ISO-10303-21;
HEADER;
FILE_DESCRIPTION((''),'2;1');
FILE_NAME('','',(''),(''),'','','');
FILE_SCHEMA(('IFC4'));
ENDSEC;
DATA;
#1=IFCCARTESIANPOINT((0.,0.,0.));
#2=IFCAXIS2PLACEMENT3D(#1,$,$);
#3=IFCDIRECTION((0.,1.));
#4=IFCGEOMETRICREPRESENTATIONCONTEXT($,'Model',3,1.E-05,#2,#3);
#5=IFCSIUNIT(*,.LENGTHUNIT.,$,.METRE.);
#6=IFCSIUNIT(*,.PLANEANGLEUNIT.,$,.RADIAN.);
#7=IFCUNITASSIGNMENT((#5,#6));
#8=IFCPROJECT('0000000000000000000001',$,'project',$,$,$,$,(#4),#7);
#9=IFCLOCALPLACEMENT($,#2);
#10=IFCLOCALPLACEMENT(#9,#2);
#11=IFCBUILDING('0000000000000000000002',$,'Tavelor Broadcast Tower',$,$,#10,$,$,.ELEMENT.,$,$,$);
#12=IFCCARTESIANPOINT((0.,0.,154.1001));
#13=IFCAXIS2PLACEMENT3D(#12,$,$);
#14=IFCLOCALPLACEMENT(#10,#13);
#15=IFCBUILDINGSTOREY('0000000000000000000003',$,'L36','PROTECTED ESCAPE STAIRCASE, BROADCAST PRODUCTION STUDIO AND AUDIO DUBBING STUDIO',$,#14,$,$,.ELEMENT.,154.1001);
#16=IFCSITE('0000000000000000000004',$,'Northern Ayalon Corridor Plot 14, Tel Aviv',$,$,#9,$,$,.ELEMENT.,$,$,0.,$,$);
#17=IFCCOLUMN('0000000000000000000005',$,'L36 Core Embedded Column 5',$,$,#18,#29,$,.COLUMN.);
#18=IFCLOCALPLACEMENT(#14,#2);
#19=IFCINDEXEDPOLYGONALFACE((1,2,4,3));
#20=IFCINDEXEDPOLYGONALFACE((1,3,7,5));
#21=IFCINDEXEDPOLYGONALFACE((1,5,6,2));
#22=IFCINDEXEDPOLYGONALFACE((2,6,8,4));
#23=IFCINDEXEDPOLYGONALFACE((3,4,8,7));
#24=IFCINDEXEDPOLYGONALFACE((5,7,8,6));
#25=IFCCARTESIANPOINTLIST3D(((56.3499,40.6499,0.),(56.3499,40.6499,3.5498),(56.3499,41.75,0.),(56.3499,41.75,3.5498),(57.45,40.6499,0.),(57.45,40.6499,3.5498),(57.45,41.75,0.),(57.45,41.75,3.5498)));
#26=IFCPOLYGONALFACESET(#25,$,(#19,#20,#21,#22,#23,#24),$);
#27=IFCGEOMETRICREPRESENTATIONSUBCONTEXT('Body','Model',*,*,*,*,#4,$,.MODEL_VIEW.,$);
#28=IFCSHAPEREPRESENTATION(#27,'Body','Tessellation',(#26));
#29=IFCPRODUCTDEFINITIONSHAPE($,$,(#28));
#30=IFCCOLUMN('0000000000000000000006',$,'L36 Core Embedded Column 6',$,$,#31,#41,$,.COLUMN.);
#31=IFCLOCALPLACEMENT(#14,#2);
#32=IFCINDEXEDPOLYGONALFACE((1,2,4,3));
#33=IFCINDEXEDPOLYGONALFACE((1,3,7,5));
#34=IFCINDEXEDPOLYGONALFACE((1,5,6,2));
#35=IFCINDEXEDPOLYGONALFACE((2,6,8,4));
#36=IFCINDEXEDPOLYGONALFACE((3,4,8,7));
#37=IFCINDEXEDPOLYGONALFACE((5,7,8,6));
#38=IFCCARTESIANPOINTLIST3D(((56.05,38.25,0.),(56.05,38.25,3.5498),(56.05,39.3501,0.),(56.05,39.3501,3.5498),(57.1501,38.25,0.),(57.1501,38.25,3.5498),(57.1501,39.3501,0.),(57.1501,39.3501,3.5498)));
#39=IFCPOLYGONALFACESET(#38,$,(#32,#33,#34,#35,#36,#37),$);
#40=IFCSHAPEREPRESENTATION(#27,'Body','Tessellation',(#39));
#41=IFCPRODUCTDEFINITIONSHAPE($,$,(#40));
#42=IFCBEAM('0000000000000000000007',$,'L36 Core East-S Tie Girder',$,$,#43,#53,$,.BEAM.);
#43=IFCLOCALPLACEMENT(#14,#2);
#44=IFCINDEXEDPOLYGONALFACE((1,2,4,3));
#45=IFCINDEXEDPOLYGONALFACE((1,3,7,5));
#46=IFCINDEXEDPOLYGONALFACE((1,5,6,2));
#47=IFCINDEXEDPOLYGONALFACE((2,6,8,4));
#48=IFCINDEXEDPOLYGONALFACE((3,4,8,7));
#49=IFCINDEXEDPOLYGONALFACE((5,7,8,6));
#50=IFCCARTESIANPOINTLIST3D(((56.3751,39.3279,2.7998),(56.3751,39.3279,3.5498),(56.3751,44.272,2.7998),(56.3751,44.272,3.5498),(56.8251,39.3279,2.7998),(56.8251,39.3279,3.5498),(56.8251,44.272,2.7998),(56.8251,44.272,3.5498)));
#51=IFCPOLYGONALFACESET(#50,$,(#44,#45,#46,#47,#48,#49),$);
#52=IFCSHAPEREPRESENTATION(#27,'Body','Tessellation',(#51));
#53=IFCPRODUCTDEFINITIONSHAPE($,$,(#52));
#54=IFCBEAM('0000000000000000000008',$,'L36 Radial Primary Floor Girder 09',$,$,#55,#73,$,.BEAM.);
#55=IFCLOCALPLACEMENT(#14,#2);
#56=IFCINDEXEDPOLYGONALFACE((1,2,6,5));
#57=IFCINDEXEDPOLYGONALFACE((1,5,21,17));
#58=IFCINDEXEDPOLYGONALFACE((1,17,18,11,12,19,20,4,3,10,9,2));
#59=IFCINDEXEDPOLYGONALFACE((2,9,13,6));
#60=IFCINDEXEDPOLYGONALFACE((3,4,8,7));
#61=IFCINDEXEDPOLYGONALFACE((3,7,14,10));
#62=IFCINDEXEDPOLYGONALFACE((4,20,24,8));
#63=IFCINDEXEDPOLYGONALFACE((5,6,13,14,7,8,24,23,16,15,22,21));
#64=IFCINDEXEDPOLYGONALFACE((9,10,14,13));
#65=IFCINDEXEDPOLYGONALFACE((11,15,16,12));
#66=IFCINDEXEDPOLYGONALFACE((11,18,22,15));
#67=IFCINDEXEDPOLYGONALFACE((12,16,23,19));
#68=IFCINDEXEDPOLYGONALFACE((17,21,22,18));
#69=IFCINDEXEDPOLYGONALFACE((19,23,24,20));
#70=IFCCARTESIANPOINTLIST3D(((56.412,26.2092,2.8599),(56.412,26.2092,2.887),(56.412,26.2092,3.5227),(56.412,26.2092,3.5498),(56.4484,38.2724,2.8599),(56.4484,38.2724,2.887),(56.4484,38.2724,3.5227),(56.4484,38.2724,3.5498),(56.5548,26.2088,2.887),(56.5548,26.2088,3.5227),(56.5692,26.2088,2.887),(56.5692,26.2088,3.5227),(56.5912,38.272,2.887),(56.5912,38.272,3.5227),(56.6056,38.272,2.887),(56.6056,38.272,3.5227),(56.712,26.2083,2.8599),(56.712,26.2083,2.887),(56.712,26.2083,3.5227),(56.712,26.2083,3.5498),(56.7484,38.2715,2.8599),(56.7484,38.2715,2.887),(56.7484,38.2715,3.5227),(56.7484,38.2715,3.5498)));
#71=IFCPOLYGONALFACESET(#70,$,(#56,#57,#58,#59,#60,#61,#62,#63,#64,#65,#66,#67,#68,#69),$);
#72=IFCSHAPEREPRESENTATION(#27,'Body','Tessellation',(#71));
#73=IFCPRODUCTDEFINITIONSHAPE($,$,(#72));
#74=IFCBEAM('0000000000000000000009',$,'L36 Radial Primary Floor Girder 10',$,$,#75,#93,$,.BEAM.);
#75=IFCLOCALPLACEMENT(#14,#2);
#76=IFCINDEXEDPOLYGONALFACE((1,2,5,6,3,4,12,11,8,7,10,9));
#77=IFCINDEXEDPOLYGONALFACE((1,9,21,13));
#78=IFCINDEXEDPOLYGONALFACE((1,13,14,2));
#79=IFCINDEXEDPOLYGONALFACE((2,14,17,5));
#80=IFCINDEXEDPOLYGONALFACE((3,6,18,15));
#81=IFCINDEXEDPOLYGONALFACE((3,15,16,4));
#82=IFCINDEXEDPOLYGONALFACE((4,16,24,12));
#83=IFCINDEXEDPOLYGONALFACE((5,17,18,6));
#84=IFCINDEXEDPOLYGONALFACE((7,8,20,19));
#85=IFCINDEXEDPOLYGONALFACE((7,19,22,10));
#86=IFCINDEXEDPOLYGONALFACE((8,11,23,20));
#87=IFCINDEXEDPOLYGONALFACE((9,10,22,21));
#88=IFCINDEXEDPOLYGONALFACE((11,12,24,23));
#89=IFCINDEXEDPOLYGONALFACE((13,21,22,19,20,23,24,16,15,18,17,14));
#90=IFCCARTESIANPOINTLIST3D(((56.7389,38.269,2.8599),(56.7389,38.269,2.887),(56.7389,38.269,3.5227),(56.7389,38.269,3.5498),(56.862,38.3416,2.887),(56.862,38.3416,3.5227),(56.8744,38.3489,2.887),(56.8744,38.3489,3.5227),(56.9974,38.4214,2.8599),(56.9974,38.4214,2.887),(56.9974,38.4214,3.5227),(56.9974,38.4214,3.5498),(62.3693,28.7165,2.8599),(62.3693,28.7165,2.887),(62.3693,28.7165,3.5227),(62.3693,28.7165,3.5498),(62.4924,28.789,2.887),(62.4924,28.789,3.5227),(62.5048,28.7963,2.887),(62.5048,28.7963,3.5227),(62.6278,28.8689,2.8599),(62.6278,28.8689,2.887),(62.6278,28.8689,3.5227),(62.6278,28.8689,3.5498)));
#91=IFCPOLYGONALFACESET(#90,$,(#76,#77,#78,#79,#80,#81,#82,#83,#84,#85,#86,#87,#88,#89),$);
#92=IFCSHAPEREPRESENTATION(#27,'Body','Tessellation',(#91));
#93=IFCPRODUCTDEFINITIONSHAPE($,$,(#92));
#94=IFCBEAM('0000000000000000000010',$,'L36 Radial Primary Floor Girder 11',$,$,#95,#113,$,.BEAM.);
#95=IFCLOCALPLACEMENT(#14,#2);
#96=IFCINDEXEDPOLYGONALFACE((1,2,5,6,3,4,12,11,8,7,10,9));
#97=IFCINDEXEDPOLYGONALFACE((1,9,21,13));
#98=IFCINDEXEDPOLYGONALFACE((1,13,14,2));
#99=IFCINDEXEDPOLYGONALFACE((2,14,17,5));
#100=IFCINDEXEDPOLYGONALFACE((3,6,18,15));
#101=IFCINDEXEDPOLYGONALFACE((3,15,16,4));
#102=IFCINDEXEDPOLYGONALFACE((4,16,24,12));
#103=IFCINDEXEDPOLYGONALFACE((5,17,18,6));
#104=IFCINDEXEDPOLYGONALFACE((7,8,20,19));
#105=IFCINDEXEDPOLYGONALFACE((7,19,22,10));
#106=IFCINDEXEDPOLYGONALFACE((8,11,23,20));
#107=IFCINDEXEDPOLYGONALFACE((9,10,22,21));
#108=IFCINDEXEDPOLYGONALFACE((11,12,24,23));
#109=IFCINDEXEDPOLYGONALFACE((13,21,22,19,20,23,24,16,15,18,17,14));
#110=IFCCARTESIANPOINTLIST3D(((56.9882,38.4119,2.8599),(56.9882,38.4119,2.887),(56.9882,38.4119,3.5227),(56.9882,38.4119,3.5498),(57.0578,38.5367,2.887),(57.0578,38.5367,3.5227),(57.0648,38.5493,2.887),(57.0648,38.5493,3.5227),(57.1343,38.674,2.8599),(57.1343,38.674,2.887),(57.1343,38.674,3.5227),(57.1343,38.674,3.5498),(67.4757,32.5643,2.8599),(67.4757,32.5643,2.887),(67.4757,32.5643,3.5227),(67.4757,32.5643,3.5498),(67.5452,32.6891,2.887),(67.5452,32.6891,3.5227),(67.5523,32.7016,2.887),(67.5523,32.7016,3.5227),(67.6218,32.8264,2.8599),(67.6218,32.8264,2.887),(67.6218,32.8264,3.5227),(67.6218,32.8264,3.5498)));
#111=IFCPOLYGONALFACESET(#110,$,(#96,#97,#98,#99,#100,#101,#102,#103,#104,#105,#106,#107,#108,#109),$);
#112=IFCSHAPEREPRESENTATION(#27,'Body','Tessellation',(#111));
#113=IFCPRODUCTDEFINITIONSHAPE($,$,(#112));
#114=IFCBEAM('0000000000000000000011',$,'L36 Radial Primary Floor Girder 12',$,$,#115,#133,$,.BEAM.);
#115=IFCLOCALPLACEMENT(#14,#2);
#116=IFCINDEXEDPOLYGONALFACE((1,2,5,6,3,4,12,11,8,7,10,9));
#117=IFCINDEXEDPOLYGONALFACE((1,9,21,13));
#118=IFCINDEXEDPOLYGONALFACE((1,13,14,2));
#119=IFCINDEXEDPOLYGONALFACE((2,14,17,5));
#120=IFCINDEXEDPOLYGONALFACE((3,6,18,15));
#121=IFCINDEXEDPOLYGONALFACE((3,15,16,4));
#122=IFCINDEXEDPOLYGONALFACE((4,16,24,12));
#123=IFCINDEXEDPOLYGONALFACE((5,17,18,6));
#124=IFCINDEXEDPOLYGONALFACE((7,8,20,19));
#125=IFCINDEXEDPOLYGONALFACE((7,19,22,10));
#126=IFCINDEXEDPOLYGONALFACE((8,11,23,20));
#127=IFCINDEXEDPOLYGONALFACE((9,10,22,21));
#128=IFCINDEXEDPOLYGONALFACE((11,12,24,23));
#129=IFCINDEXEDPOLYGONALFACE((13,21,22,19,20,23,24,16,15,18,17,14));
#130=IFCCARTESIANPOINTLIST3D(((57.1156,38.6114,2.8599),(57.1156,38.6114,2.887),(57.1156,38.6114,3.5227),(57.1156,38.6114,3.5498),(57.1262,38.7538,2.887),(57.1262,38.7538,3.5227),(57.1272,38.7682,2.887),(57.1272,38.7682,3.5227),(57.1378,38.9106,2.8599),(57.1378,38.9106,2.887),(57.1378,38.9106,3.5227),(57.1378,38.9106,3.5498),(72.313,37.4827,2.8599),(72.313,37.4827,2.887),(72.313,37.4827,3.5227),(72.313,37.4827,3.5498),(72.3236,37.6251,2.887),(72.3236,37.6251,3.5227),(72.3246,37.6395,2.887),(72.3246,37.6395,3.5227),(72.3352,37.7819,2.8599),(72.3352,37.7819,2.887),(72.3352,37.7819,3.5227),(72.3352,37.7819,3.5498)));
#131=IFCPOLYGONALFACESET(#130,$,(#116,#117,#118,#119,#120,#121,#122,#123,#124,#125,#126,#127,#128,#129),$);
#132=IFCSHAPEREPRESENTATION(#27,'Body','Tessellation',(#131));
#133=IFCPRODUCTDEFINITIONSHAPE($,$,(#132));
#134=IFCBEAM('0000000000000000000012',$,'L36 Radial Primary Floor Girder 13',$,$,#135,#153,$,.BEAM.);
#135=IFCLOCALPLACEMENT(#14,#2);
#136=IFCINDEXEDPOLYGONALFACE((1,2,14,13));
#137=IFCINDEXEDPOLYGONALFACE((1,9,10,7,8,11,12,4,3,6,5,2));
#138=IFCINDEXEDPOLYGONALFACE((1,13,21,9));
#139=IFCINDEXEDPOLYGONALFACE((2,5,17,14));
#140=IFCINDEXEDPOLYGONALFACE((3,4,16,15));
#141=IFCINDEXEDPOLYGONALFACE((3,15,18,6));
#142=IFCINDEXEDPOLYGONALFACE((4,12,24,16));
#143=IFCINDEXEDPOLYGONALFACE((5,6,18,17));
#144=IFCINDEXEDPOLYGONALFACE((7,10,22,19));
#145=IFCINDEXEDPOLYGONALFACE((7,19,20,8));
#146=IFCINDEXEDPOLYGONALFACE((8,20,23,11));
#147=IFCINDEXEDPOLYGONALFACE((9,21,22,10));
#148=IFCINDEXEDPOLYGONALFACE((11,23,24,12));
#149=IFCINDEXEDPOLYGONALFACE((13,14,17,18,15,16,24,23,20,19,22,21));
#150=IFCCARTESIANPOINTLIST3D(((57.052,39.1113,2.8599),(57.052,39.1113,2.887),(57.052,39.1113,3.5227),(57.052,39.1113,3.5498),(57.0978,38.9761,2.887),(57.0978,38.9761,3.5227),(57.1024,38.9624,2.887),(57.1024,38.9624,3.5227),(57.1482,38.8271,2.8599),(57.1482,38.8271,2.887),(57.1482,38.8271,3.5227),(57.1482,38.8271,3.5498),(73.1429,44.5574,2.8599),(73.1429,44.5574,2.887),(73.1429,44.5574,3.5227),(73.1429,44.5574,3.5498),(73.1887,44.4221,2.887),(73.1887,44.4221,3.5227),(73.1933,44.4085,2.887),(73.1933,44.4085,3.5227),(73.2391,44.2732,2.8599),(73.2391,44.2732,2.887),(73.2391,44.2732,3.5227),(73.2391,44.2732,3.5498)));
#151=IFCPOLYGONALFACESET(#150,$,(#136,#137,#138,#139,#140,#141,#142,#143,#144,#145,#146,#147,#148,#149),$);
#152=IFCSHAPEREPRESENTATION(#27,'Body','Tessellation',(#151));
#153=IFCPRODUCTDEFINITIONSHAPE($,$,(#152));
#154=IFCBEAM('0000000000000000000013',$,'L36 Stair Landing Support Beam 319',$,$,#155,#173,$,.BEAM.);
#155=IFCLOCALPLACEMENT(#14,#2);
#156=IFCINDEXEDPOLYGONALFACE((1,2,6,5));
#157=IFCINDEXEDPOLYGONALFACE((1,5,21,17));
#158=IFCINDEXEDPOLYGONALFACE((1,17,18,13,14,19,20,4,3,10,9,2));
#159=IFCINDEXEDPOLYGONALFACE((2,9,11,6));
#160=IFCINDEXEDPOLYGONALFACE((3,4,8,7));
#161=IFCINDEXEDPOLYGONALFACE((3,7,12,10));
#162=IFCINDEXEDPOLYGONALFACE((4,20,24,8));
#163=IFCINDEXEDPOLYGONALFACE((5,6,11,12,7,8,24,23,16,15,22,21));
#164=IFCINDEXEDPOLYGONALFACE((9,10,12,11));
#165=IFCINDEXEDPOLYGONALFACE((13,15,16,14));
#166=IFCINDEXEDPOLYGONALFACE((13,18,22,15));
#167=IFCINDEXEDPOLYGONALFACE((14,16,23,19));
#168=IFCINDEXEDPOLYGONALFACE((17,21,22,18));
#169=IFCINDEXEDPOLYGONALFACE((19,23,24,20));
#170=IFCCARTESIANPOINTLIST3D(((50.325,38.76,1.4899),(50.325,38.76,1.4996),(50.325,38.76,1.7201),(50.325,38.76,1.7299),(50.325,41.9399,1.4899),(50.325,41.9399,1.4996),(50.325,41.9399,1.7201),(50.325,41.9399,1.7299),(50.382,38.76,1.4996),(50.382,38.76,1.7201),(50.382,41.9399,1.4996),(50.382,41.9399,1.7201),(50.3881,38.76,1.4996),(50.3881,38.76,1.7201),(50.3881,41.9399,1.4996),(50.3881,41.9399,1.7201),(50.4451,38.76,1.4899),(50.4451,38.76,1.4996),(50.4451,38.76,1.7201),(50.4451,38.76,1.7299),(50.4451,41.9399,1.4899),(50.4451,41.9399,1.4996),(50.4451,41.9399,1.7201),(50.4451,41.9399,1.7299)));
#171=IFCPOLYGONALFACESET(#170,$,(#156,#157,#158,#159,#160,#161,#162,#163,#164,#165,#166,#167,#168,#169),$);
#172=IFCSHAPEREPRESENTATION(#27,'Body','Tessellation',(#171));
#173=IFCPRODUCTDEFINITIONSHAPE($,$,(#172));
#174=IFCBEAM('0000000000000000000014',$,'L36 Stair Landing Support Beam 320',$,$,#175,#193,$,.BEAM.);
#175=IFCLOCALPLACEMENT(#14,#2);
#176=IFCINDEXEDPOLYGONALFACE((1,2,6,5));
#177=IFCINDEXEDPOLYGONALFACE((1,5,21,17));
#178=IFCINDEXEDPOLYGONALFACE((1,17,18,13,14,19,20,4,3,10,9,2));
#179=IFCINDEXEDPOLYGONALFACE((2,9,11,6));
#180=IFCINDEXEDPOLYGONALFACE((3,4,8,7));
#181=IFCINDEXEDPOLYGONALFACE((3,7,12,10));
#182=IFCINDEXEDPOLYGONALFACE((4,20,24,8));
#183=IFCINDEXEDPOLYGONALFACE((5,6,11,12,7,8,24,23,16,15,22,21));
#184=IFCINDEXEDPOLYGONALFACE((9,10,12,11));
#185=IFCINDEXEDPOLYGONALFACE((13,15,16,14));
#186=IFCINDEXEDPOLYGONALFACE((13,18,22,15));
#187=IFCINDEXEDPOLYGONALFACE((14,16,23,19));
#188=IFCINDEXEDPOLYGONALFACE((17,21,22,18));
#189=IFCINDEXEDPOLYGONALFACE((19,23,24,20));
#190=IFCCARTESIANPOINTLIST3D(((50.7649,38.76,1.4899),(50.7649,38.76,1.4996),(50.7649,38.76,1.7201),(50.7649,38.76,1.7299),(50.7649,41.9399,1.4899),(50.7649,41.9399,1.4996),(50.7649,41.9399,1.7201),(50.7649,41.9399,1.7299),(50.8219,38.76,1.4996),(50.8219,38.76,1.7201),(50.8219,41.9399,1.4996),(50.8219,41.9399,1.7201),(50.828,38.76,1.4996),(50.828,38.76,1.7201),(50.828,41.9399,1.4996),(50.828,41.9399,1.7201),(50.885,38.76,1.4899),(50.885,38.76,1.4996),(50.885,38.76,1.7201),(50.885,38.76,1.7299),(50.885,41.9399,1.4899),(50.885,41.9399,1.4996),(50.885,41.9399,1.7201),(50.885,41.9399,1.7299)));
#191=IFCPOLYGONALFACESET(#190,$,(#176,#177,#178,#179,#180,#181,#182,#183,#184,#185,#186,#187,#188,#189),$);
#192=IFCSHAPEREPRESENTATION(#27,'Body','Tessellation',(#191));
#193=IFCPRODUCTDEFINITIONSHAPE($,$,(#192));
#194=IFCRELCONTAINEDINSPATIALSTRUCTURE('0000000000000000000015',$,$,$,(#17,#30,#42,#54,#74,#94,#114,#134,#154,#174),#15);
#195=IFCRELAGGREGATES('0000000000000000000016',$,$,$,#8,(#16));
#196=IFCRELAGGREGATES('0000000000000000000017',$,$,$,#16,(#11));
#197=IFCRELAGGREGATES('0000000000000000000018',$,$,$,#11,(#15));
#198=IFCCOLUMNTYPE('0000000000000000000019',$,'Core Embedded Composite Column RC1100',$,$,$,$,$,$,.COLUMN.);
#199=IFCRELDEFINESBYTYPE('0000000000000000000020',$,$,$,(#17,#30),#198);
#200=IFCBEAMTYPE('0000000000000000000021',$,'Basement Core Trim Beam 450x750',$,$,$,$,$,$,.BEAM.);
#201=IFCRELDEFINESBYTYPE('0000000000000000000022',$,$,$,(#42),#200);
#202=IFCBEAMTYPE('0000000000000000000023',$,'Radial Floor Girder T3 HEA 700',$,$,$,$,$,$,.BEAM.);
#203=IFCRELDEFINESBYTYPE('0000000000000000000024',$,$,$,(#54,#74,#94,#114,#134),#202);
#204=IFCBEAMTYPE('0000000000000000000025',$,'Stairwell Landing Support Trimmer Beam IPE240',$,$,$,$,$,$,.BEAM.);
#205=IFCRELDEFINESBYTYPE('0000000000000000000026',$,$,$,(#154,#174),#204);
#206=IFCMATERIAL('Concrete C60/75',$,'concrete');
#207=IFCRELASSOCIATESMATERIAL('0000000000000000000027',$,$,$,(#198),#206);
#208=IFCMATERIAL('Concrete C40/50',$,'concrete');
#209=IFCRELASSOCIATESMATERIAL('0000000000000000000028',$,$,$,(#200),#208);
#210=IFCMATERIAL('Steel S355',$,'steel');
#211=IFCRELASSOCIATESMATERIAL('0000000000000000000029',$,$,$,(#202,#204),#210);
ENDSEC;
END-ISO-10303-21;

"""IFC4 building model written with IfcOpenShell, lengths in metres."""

from ifc_helpers import new_model, si_unit, direction, frame, origin, origin_2d, place, context, subcontext, project, spatial, rectangle, i_section, extrude, material, material_profile, profile_set, type_object, element, save


model = new_model("IFC4")

# Units and contexts
model_context = context("Model", 3, precision=1e-05, world=origin(), true_north=direction((0.0, 1.0)))
body_context = subcontext(model_context, "Body", "Model", "MODEL_VIEW")
ifc_project = project(units=[si_unit("LENGTHUNIT", "METRE"), si_unit("PLANEANGLEUNIT", "RADIAN")], contexts=[model_context])

# Site, building, storey
site_placement = place(None, origin())
site = spatial("IfcSite", under=ifc_project, at=site_placement, Name="Northern Ayalon Corridor Plot 14, Tel Aviv", CompositionType="ELEMENT", RefElevation=0.0)
building_placement = place(site_placement, origin())
building = spatial("IfcBuilding", under=site, at=building_placement, Name="Tavelor Broadcast Tower", CompositionType="ELEMENT")
storey_placement = place(building_placement, frame((0.0, 0.0, 154.1001)))
storey = spatial("IfcBuildingStorey", under=building, at=storey_placement, Name="L36", Description="PROTECTED ESCAPE STAIRCASE, BROADCAST PRODUCTION STUDIO AND AUDIO DUBBING STUDIO", CompositionType="ELEMENT", Elevation=154.1001)

# Columns
ifc_material_1 = material(Name="Concrete C60/75", Category="concrete")
ifc_material_profile_1 = material_profile(ifc_material_1, rectangle(XDim=1.1001, YDim=1.1001, at=origin_2d()), Name="RC 1100x1100")
ifc_profile_set_1 = profile_set([ifc_material_profile_1], Name="Concrete C60/75")
column_type = type_object("IfcColumnType", Name="Core Embedded Composite Column RC1100", PredefinedType="COLUMN", material=ifc_profile_set_1)
for number, where, z_axis, x_axis, name in (
    (1, (56.8999, 41.2, 0.0), (0.0, 0.0, 1.0), (1.0, 0.0, 0.0), "L36 Core Embedded Column 5"),
    (2, (56.6001, 38.8, 0.0), (0.0, 0.0, 1.0), (1.0, 0.0, 0.0), "L36 Core Embedded Column 6"),
):
    element("IfcColumn", number, at=place(storey_placement, frame(where, z_axis=z_axis, x_axis=x_axis)), inside=storey, type_object=column_type, Name=name, PredefinedType="COLUMN", context=body_context, shape_type="SweptSolid", body=[
        extrude(rectangle(XDim=1.1001, YDim=1.1001, at=origin_2d()), origin(), (0.0, 0.0, 1.0), 3.5498),
    ])

# Beams
ifc_material_2 = material(Name="Concrete C40/50", Category="concrete")
ifc_material_profile_2 = material_profile(ifc_material_2, rectangle(XDim=0.45, YDim=0.75, at=origin_2d()), Name="RC 450x750")
ifc_profile_set_2 = profile_set([ifc_material_profile_2], Name="Concrete C40/50")
beam_type_1 = type_object("IfcBeamType", Name="Basement Core Trim Beam 450x750", PredefinedType="BEAM", material=ifc_profile_set_2)
beam_1_placement = place(storey_placement, frame((56.6001, 39.3279, 3.1748), z_axis=(0.0, 1.0, 0.0), x_axis=(-1.0, 0.0, 0.0)))
element("IfcBeam", 3, at=beam_1_placement, inside=storey, type_object=beam_type_1, Name="L36 Core East-S Tie Girder", PredefinedType="BEAM", context=body_context, shape_type="SweptSolid", body=[
    extrude(rectangle(XDim=0.45, YDim=0.75, at=origin_2d()), origin(), (0.0, 0.0, 1.0), 4.9441),
])
ifc_material_3 = material(Name="Steel S355", Category="steel")
ifc_material_profile_3 = material_profile(ifc_material_3, i_section(OverallWidth=0.3, OverallDepth=0.6899, WebThickness=0.0144, FlangeThickness=0.0271, at=origin_2d()), Name="HEA 700")
ifc_profile_set_3 = profile_set([ifc_material_profile_3], Name="Steel S355")
beam_type_2 = type_object("IfcBeamType", Name="Radial Floor Girder T3 HEA 700", PredefinedType="BEAM", material=ifc_profile_set_3)
beam_2_placement = place(storey_placement, frame((56.5984, 38.272, 3.2048), z_axis=(-0.003016, -0.999995, 0.0), x_axis=(0.999995, -0.003016, 0.0)))
element("IfcBeam", 4, at=beam_2_placement, inside=storey, type_object=beam_type_2, Name="L36 Radial Primary Floor Girder 09", PredefinedType="BEAM", context=body_context, shape_type="SweptSolid", body=[
    extrude(i_section(OverallWidth=0.3, OverallDepth=0.6899, WebThickness=0.0144, FlangeThickness=0.0271, at=origin_2d()), origin(), (0.0, 0.0, 1.0), 12.0632),
])
beam_3_placement = place(storey_placement, frame((56.8682, 38.3452, 3.2048), z_axis=(0.507774, -0.86149, 0.0), x_axis=(0.86149, 0.507774, 0.0)))
element("IfcBeam", 5, at=beam_3_placement, inside=storey, type_object=beam_type_2, Name="L36 Radial Primary Floor Girder 10", PredefinedType="BEAM", context=body_context, shape_type="SweptSolid", body=[
    extrude(i_section(OverallWidth=0.3, OverallDepth=0.6899, WebThickness=0.0144, FlangeThickness=0.0271, at=origin_2d()), origin(), (0.0, 0.0, 1.0), 11.0884),
])
beam_4_placement = place(storey_placement, frame((57.0613, 38.543, 3.2048), z_axis=(0.873405, -0.486994, 0.0), x_axis=(0.486994, 0.873405, 0.0)))
element("IfcBeam", 6, at=beam_4_placement, inside=storey, type_object=beam_type_2, Name="L36 Radial Primary Floor Girder 11", PredefinedType="BEAM", context=body_context, shape_type="SweptSolid", body=[
    extrude(i_section(OverallWidth=0.3, OverallDepth=0.6899, WebThickness=0.0144, FlangeThickness=0.0271, at=origin_2d()), origin(), (0.0, 0.0, 1.0), 12.0076),
])
beam_5_placement = place(storey_placement, frame((57.1267, 38.761, 3.2048), z_axis=(0.997254, -0.074062, 0.0), x_axis=(0.074062, 0.997254, 0.0)))
element("IfcBeam", 7, at=beam_5_placement, inside=storey, type_object=beam_type_2, Name="L36 Radial Primary Floor Girder 12", PredefinedType="BEAM", context=body_context, shape_type="SweptSolid", body=[
    extrude(i_section(OverallWidth=0.3, OverallDepth=0.6899, WebThickness=0.0144, FlangeThickness=0.0271, at=origin_2d()), origin(), (0.0, 0.0, 1.0), 15.2393),
])
beam_6_placement = place(storey_placement, frame((57.1001, 38.9692, 3.2048), z_axis=(0.947217, 0.320592, 0.0), x_axis=(-0.320592, 0.947217, 0.0)))
element("IfcBeam", 8, at=beam_6_placement, inside=storey, type_object=beam_type_2, Name="L36 Radial Primary Floor Girder 13", PredefinedType="BEAM", context=body_context, shape_type="SweptSolid", body=[
    extrude(i_section(OverallWidth=0.3, OverallDepth=0.6899, WebThickness=0.0144, FlangeThickness=0.0271, at=origin_2d()), origin(), (0.0, 0.0, 1.0), 16.9875),
])
ifc_material_profile_4 = material_profile(ifc_material_3, i_section(OverallWidth=0.1201, OverallDepth=0.24, WebThickness=0.0061, FlangeThickness=0.0098, at=origin_2d()), Name="IPE 240")
ifc_profile_set_4 = profile_set([ifc_material_profile_4], Name="Steel S355")
beam_type_3 = type_object("IfcBeamType", Name="Stairwell Landing Support Trimmer Beam IPE240", PredefinedType="BEAM", material=ifc_profile_set_4)
for number, where, z_axis, x_axis, name in (
    (9, (50.385, 38.76, 1.6099), (0.0, 1.0, 0.0), (-1.0, 0.0, 0.0), "L36 Stair Landing Support Beam 319"),
    (10, (50.825, 38.76, 1.6099), (0.0, 1.0, 0.0), (-1.0, 0.0, 0.0), "L36 Stair Landing Support Beam 320"),
):
    element("IfcBeam", number, at=place(storey_placement, frame(where, z_axis=z_axis, x_axis=x_axis)), inside=storey, type_object=beam_type_3, Name=name, PredefinedType="BEAM", context=body_context, shape_type="SweptSolid", body=[
        extrude(i_section(OverallWidth=0.1201, OverallDepth=0.24, WebThickness=0.0061, FlangeThickness=0.0098, at=origin_2d()), origin(), (0.0, 0.0, 1.0), 3.1799),
    ])

save(model, "model.ifc")
